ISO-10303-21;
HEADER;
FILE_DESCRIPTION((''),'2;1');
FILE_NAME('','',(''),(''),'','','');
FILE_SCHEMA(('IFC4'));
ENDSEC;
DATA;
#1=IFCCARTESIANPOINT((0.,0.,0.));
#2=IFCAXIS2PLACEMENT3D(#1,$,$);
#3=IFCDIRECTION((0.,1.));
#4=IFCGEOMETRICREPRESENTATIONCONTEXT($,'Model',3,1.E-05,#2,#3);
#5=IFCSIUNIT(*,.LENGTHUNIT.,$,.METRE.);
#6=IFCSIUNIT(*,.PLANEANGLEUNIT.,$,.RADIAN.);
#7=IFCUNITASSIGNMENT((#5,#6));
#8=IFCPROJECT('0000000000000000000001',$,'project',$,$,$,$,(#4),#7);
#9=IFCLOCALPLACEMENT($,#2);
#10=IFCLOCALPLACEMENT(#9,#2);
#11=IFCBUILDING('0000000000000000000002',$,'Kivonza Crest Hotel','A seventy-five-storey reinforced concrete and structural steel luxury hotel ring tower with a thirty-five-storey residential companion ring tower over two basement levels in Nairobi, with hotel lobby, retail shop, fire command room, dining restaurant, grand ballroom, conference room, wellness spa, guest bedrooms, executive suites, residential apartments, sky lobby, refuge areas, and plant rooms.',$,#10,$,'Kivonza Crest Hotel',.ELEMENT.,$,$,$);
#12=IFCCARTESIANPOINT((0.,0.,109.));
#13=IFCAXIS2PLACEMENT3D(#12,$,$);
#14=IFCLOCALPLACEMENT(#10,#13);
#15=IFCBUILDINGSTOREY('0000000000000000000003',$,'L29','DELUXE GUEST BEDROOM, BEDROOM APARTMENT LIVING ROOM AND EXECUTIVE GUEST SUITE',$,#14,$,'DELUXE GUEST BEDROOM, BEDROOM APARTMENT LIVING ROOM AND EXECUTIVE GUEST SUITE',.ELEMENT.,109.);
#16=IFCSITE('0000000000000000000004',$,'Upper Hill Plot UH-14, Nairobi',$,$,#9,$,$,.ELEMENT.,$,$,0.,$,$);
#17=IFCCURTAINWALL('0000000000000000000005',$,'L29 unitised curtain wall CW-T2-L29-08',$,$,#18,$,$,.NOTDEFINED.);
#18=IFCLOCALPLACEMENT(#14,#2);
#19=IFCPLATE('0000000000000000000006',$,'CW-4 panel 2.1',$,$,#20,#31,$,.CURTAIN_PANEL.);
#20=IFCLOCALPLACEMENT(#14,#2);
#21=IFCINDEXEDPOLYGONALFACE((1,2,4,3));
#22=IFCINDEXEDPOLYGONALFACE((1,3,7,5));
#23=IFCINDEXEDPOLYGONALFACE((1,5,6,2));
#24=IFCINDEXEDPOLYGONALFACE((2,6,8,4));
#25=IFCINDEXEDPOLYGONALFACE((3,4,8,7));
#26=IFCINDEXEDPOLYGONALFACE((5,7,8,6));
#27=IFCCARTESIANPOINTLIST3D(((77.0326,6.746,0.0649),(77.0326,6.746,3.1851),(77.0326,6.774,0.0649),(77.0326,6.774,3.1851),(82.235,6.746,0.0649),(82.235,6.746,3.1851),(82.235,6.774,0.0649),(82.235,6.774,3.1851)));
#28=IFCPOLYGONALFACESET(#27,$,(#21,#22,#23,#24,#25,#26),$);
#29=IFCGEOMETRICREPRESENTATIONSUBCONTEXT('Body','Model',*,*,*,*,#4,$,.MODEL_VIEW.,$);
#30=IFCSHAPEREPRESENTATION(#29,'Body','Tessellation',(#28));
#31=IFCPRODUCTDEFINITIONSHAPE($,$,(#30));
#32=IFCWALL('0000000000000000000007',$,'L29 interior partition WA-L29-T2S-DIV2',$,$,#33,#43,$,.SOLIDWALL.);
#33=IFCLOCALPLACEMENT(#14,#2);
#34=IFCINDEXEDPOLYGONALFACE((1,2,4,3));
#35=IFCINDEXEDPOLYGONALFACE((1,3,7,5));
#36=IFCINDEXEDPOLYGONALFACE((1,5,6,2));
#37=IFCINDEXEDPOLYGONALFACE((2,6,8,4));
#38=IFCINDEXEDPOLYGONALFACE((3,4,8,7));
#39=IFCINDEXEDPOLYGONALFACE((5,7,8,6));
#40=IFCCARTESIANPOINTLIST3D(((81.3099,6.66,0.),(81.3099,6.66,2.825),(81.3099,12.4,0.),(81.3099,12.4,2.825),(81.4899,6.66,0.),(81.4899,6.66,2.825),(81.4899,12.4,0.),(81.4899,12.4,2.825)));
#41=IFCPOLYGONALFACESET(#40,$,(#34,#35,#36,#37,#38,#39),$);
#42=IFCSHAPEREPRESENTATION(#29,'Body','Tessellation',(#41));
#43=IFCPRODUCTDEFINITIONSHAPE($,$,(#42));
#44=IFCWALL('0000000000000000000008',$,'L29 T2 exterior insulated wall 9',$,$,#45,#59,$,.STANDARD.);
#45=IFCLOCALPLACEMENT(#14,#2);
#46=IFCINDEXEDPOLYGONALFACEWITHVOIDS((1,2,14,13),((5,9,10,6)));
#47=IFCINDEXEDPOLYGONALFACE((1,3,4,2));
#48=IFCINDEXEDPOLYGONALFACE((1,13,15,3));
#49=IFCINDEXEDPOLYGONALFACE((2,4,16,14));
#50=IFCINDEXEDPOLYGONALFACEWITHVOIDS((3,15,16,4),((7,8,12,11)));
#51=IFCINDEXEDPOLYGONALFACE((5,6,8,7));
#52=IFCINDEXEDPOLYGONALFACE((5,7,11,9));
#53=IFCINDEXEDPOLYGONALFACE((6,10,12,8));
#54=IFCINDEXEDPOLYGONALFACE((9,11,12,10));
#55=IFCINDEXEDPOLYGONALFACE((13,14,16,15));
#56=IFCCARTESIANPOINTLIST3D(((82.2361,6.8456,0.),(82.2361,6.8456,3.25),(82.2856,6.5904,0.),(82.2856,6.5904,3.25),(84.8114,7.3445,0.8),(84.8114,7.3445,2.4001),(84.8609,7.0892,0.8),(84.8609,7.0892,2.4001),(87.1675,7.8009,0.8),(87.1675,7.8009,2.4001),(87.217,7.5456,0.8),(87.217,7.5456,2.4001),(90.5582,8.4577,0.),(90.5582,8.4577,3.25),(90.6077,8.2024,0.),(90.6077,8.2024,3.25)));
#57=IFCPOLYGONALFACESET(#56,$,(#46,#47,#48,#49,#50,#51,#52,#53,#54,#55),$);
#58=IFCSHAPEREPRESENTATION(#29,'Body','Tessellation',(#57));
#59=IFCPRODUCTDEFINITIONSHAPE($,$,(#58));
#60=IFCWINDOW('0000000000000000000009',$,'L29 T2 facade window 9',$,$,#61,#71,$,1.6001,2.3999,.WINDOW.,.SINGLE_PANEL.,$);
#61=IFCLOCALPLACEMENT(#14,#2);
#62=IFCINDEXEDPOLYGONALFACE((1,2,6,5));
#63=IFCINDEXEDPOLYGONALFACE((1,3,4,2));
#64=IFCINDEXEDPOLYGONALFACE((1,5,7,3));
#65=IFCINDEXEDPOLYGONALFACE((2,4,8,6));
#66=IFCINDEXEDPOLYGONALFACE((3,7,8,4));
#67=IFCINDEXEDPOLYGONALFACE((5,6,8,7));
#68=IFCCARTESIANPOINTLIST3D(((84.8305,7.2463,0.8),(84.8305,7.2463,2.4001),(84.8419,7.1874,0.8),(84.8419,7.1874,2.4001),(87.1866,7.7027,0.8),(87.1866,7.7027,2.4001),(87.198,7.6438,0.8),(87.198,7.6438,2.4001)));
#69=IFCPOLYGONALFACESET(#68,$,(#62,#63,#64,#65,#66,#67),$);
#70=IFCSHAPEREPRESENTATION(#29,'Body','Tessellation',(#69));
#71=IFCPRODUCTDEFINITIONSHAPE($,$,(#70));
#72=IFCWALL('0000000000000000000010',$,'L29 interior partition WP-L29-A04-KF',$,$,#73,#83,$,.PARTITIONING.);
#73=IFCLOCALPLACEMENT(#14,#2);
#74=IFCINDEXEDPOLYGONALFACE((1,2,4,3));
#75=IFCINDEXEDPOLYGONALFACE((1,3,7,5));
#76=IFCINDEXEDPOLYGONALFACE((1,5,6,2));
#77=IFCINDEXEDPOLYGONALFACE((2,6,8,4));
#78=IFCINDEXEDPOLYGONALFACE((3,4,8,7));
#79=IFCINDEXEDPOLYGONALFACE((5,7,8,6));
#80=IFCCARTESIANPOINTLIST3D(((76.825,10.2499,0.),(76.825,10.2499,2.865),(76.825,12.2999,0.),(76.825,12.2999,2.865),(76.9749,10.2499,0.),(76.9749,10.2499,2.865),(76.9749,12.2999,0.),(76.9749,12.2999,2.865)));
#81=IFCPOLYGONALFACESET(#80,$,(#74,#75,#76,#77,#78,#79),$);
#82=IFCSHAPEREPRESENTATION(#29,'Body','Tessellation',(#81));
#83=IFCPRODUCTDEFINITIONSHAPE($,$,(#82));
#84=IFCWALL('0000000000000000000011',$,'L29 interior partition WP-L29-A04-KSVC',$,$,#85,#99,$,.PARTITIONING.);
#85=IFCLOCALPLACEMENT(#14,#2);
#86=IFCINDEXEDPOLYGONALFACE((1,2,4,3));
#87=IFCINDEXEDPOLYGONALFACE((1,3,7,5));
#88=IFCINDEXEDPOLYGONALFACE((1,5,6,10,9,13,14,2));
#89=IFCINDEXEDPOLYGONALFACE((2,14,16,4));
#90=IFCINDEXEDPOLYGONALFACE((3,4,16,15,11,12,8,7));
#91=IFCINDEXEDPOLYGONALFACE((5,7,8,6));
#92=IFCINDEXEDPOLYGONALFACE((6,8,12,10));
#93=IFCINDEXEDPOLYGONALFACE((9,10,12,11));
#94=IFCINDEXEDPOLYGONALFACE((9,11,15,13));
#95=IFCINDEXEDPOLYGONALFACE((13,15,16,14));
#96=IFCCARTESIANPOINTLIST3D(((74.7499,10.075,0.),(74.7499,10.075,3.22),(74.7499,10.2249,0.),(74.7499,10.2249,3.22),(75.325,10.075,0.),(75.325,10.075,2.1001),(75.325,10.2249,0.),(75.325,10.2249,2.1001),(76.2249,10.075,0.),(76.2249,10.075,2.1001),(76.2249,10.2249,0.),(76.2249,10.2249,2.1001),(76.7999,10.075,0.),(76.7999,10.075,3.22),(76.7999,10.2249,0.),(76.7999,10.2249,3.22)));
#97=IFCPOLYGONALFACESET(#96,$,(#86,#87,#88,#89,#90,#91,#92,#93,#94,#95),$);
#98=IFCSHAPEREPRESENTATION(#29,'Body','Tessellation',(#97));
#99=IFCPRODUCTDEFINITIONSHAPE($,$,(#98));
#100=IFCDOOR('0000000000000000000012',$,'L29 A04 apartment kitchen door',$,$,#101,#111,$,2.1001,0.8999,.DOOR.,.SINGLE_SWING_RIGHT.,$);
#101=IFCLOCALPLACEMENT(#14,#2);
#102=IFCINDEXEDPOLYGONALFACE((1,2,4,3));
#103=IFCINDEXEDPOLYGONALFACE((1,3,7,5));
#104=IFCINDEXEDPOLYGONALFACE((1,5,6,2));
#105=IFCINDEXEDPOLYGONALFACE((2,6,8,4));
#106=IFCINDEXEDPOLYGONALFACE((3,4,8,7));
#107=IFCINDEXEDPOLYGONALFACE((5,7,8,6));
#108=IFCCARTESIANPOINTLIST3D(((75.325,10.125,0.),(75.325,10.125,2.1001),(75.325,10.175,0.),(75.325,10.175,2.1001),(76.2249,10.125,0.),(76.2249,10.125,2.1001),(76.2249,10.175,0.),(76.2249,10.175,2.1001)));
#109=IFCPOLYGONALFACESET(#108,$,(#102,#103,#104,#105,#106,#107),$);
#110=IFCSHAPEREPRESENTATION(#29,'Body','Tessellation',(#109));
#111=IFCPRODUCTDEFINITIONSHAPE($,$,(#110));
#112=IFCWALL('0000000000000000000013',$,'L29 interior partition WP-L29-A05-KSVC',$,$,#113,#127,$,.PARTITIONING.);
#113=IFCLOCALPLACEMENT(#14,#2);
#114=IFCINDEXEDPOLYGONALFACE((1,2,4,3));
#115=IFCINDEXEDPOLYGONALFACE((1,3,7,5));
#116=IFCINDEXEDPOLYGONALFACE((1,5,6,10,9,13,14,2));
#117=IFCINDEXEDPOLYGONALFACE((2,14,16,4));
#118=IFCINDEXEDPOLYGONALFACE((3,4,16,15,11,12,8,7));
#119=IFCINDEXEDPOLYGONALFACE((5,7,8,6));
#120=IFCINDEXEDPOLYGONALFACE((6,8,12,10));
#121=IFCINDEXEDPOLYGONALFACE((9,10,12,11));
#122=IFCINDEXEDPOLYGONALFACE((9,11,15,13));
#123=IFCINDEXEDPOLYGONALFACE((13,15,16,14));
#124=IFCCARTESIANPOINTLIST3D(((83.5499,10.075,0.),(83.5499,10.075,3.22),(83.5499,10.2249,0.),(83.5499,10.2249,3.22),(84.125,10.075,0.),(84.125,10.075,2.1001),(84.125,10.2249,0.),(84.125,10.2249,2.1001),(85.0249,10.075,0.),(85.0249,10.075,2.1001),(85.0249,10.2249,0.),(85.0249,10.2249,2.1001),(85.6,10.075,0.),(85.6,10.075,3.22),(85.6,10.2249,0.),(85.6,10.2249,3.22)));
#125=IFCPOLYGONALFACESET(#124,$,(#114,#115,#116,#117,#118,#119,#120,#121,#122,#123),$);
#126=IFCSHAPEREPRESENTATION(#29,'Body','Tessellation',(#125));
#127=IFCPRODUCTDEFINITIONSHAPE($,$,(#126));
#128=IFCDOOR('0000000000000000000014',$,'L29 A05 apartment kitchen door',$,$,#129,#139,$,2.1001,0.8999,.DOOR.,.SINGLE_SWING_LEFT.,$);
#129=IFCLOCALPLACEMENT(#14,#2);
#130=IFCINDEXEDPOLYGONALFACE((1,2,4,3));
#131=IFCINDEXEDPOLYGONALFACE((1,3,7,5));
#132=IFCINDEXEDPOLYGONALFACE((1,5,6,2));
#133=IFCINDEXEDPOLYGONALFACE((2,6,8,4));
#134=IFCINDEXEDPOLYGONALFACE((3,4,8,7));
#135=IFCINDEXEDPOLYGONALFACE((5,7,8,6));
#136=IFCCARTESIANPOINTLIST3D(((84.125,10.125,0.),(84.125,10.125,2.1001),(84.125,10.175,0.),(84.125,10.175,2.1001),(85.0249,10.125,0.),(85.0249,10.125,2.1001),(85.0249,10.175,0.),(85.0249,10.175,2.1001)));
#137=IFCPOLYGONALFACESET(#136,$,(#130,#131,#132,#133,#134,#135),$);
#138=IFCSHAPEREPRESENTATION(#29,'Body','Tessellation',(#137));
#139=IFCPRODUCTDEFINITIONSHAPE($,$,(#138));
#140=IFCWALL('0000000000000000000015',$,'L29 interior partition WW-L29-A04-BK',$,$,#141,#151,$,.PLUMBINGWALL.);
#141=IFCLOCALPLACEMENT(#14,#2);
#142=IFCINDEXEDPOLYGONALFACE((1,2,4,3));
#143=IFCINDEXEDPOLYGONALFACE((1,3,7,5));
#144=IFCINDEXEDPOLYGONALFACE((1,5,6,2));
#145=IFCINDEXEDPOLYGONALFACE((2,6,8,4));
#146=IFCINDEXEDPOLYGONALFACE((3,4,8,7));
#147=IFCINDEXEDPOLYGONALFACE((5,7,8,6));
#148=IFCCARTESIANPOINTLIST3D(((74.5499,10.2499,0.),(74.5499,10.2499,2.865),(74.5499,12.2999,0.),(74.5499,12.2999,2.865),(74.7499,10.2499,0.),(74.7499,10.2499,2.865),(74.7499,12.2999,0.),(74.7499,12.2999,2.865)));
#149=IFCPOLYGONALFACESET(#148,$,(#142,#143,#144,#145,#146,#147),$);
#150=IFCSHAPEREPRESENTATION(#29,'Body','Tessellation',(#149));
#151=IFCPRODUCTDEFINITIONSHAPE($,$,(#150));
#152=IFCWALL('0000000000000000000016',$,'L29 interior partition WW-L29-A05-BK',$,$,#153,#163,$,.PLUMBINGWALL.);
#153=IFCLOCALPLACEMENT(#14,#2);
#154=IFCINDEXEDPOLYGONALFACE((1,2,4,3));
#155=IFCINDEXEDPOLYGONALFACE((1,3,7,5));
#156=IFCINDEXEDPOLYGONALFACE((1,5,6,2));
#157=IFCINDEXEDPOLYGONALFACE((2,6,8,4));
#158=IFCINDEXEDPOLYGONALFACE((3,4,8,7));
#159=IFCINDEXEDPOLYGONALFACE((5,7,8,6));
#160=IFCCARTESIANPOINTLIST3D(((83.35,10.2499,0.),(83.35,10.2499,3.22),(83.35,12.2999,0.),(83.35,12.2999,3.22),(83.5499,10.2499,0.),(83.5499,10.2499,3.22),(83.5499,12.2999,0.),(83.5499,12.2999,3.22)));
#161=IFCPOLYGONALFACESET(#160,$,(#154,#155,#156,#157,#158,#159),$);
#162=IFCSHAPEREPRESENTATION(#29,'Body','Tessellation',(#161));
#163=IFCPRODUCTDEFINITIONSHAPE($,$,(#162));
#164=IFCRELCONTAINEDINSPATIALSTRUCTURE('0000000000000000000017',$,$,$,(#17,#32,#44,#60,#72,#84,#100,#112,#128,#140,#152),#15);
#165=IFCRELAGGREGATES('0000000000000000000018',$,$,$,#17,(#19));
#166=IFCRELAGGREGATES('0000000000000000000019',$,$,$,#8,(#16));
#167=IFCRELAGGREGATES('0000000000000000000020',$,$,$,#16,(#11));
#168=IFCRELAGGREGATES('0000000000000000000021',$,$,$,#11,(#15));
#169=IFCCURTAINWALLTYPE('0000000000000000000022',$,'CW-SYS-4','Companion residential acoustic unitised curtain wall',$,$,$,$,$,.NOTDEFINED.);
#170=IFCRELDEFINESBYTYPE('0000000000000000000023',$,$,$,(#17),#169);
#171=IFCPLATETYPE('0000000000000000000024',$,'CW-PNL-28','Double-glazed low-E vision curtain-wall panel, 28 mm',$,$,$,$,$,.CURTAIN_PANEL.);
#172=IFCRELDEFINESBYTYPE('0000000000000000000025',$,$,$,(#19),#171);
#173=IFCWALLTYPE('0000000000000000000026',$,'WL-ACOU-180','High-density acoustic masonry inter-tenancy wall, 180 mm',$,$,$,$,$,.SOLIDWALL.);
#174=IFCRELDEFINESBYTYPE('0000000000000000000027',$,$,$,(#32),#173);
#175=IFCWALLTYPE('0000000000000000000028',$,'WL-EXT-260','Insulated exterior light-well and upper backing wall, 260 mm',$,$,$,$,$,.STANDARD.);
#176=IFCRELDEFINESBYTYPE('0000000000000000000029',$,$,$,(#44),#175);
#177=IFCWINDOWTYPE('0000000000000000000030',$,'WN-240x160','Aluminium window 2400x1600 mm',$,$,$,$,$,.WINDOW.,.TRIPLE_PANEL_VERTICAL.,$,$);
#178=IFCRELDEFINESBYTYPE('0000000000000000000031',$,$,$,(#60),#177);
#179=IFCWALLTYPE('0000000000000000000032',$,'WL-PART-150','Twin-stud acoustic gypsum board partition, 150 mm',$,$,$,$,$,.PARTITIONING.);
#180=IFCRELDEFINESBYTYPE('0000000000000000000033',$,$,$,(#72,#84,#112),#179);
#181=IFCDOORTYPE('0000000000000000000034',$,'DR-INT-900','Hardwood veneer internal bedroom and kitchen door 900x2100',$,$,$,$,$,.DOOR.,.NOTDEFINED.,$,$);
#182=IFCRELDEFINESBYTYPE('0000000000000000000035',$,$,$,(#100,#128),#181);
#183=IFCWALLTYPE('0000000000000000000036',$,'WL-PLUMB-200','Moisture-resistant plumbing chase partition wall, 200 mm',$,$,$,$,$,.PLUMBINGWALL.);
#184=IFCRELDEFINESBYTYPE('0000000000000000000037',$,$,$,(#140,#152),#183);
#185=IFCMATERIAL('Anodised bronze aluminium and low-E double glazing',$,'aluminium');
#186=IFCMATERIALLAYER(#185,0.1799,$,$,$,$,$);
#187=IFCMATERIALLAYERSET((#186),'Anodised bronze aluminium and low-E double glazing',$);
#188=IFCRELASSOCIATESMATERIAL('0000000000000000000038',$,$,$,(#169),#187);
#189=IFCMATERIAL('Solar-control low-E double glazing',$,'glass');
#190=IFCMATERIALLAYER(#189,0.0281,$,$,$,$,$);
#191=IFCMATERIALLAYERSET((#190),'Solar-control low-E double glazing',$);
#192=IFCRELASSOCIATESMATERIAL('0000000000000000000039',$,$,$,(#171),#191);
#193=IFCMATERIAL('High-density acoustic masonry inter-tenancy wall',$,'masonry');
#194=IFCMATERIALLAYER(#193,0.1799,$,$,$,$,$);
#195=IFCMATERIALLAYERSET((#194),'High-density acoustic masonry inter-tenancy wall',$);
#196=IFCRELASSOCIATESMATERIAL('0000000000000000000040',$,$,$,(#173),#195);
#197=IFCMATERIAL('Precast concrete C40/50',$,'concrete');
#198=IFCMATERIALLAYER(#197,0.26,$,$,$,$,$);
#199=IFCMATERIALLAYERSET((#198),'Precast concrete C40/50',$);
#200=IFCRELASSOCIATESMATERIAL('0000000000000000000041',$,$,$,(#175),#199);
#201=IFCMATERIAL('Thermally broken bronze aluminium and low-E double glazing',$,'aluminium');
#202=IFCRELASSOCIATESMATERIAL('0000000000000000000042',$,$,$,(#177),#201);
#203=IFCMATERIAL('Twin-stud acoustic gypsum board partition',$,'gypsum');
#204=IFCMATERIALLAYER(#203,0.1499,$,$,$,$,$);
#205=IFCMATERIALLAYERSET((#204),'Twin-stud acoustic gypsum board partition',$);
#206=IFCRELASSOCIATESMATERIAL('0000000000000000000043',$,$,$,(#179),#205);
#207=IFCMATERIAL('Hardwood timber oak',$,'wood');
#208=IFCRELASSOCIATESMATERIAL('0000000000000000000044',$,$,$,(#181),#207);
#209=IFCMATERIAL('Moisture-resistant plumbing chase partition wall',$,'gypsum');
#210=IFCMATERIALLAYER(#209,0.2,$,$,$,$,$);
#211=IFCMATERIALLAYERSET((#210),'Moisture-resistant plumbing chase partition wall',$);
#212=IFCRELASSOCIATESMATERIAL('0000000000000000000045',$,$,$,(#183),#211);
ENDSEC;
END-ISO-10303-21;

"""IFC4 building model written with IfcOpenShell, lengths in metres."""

from ifc_helpers import new_model, si_unit, direction, frame, frame_2d, origin, origin_2d, place, context, subcontext, project, spatial, rectangle, extrude, material, layer, layer_set, type_object, element, fill, aggregate, save


model = new_model("IFC4")

# Units and contexts
model_context = context("Model", 3, precision=1e-05, world=origin(), true_north=direction((0.0, 1.0)))
body_context = subcontext(model_context, "Body", "Model", "MODEL_VIEW")
ifc_project = project(units=[si_unit("LENGTHUNIT", "METRE"), si_unit("PLANEANGLEUNIT", "RADIAN")], contexts=[model_context])

# Site, building, storey
site_placement = place(None, origin())
site = spatial("IfcSite", under=ifc_project, at=site_placement, Name="Upper Hill Plot UH-14, Nairobi", CompositionType="ELEMENT", RefElevation=0.0)
building_placement = place(site_placement, origin())
building = spatial("IfcBuilding", under=site, at=building_placement, Name="Kivonza Crest Hotel", Description="A seventy-five-storey reinforced concrete and structural steel luxury hotel ring tower with a thirty-five-storey residential companion ring tower over two basement levels in Nairobi, with hotel lobby, retail shop, fire command room, dining restaurant, grand ballroom, conference room, wellness spa, guest bedrooms, executive suites, residential apartments, sky lobby, refuge areas, and plant rooms.", LongName="Kivonza Crest Hotel", CompositionType="ELEMENT")
storey_placement = place(building_placement, frame((0.0, 0.0, 109.0)))
storey = spatial("IfcBuildingStorey", under=building, at=storey_placement, Name="L29", Description="DELUXE GUEST BEDROOM, BEDROOM APARTMENT LIVING ROOM AND EXECUTIVE GUEST SUITE", LongName="DELUXE GUEST BEDROOM, BEDROOM APARTMENT LIVING ROOM AND EXECUTIVE GUEST SUITE", CompositionType="ELEMENT", Elevation=109.0)

# Curtain wall, plate
ifc_material_1 = material(Name="Anodised bronze aluminium and low-E double glazing", Category="aluminium")
ifc_layer_1 = layer(ifc_material_1, 0.1799)
ifc_layer_set_1 = layer_set([ifc_layer_1], Name="Anodised bronze aluminium and low-E double glazing")
curtain_wall_type = type_object("IfcCurtainWallType", Name="CW-SYS-4", Description="Companion residential acoustic unitised curtain wall", PredefinedType="NOTDEFINED", material=ifc_layer_set_1)
curtain_wall_placement = place(storey_placement, origin())
curtain_wall = element("IfcCurtainWall", 1, at=curtain_wall_placement, inside=storey, type_object=curtain_wall_type, Name="L29 unitised curtain wall CW-T2-L29-08", PredefinedType="NOTDEFINED")
ifc_material_2 = material(Name="Solar-control low-E double glazing", Category="glass")
ifc_layer_2 = layer(ifc_material_2, 0.0281)
ifc_layer_set_2 = layer_set([ifc_layer_2], Name="Solar-control low-E double glazing")
plate_type = type_object("IfcPlateType", Name="CW-PNL-28", Description="Double-glazed low-E vision curtain-wall panel, 28 mm", PredefinedType="CURTAIN_PANEL", material=ifc_layer_set_2)
plate_1_placement = place(storey_placement, frame((79.6338, 6.76, 0.0649), z_axis=(0.0, 0.0, 1.0), x_axis=(1.0, 0.0, 0.0)))
plate_1 = element("IfcPlate", 2, at=plate_1_placement, type_object=plate_type, Name="CW-4 panel 2.1", PredefinedType="CURTAIN_PANEL", context=body_context, shape_type="SweptSolid", body=[
    extrude(rectangle(XDim=5.2024, YDim=0.0281, at=origin_2d()), origin(), (0.0, 0.0, 1.0), 3.1201),
])
aggregate(curtain_wall, [plate_1])

# Wall
ifc_material_3 = material(Name="High-density acoustic masonry inter-tenancy wall", Category="masonry")
ifc_layer_3 = layer(ifc_material_3, 0.1799)
ifc_layer_set_3 = layer_set([ifc_layer_3], Name="High-density acoustic masonry inter-tenancy wall")
wall_type_1 = type_object("IfcWallType", Name="WL-ACOU-180", Description="High-density acoustic masonry inter-tenancy wall, 180 mm", PredefinedType="SOLIDWALL", material=ifc_layer_set_3)
wall_1_placement = place(storey_placement, frame((81.3999, 6.6599, 0.0), z_axis=(0.0, 0.0, 1.0), x_axis=(0.0, 1.0, 0.0)))
element("IfcWall", 3, at=wall_1_placement, inside=storey, type_object=wall_type_1, Name="L29 interior partition WA-L29-T2S-DIV2", PredefinedType="SOLIDWALL", context=body_context, shape_type="SweptSolid", body=[
    extrude(rectangle(XDim=5.74, YDim=0.1799, at=frame_2d((2.8701, 0.0))), origin(), (0.0, 0.0, 1.0), 2.825),
])

# Wall, opening, window
ifc_material_4 = material(Name="Precast concrete C40/50", Category="concrete")
ifc_layer_4 = layer(ifc_material_4, 0.26)
ifc_layer_set_4 = layer_set([ifc_layer_4], Name="Precast concrete C40/50")
wall_type_2 = type_object("IfcWallType", Name="WL-EXT-260", Description="Insulated exterior light-well and upper backing wall, 260 mm", PredefinedType="STANDARD", material=ifc_layer_set_4)
wall_2_placement = place(storey_placement, frame((82.261, 6.718, 0.0), z_axis=(0.0, 0.0, 1.0), x_axis=(0.98175, 0.190175, 0.0)))
wall_2 = element("IfcWall", 4, at=wall_2_placement, inside=storey, type_object=wall_type_2, Name="L29 T2 exterior insulated wall 9", PredefinedType="STANDARD", context=body_context, shape_type="SweptSolid", body=[
    extrude(rectangle(XDim=8.4768, YDim=0.26, at=frame_2d((4.2383, 0.0))), origin(), (0.0, 0.0, 1.0), 3.25),
])
opening_1_placement = place(wall_2_placement, frame((2.623, 0.0, 0.8)))
opening_1 = element("IfcOpeningElement", 5, at=opening_1_placement, cuts=wall_2, PredefinedType="OPENING", context=body_context, shape_type="SweptSolid", body=[
    extrude(rectangle(XDim=2.3999, YDim=1.6001, at=frame_2d((1.2, 0.8))), frame((0.0, 0.1401, 0.0), z_axis=(0.0, -1.0, 0.0), x_axis=(1.0, 0.0, 0.0)), (0.0, 0.0, 1.0), 0.28),
])
ifc_material_5 = material(Name="Thermally broken bronze aluminium and low-E double glazing", Category="aluminium")
window_type = type_object("IfcWindowType", Name="WN-240x160", Description="Aluminium window 2400x1600 mm", PartitioningType="TRIPLE_PANEL_VERTICAL", PredefinedType="WINDOW", material=ifc_material_5)
window_placement = place(opening_1_placement, origin())
window = element("IfcWindow", 6, at=window_placement, inside=storey, type_object=window_type, Name="L29 T2 facade window 9", OverallHeight=1.6001, OverallWidth=2.3999, PartitioningType="SINGLE_PANEL", PredefinedType="WINDOW", context=body_context, shape_type="SweptSolid", body=[
    extrude(rectangle(XDim=2.3999, YDim=1.6001, at=frame_2d((1.2, 0.8))), frame((0.0, 0.03, 0.0), z_axis=(0.0, -1.0, 0.0), x_axis=(1.0, 0.0, 0.0)), (0.0, 0.0, 1.0), 0.0601),
])
fill(opening_1, window)

# Wall
ifc_material_6 = material(Name="Twin-stud acoustic gypsum board partition", Category="gypsum")
ifc_layer_5 = layer(ifc_material_6, 0.1499)
ifc_layer_set_5 = layer_set([ifc_layer_5], Name="Twin-stud acoustic gypsum board partition")
wall_type_3 = type_object("IfcWallType", Name="WL-PART-150", Description="Twin-stud acoustic gypsum board partition, 150 mm", PredefinedType="PARTITIONING", material=ifc_layer_set_5)
wall_3_placement = place(storey_placement, frame((76.8999, 10.25, 0.0), z_axis=(0.0, 0.0, 1.0), x_axis=(0.0, 1.0, 0.0)))
element("IfcWall", 7, at=wall_3_placement, inside=storey, type_object=wall_type_3, Name="L29 interior partition WP-L29-A04-KF", PredefinedType="PARTITIONING", context=body_context, shape_type="SweptSolid", body=[
    extrude(rectangle(XDim=2.05, YDim=0.1499, at=frame_2d((1.0249, 0.0))), origin(), (0.0, 0.0, 1.0), 2.865),
])

# Walls, openings, doors
wall_4_placement = place(storey_placement, frame((74.75, 10.1499, 0.0), z_axis=(0.0, 0.0, 1.0), x_axis=(1.0, 0.0, 0.0)))
wall_4 = element("IfcWall", 8, at=wall_4_placement, inside=storey, type_object=wall_type_3, Name="L29 interior partition WP-L29-A04-KSVC", PredefinedType="PARTITIONING", context=body_context, shape_type="SweptSolid", body=[
    extrude(rectangle(XDim=2.05, YDim=0.1499, at=frame_2d((1.0249, 0.0))), origin(), (0.0, 0.0, 1.0), 3.22),
])
opening_2_placement = place(wall_4_placement, frame((0.575, 0.0, 0.0)))
opening_2 = element("IfcOpeningElement", 9, at=opening_2_placement, cuts=wall_4, PredefinedType="OPENING", context=body_context, shape_type="SweptSolid", body=[
    extrude(rectangle(XDim=0.8999, YDim=2.1001, at=frame_2d((0.45, 1.05))), frame((0.0, 0.085, 0.0), z_axis=(0.0, -1.0, 0.0), x_axis=(1.0, 0.0, 0.0)), (0.0, 0.0, 1.0), 0.1699),
])
ifc_material_7 = material(Name="Hardwood timber oak", Category="wood")
door_type_1 = type_object("IfcDoorType", Name="DR-INT-900", Description="Hardwood veneer internal bedroom and kitchen door 900x2100", OperationType="NOTDEFINED", PredefinedType="DOOR", material=ifc_material_7)
door_1_placement = place(opening_2_placement, frame((0.8999, 0.0, 0.0), z_axis=(0.0, 0.0, 1.0), x_axis=(-1.0, 0.0, 0.0)))
door_1 = element("IfcDoor", 10, at=door_1_placement, inside=storey, type_object=door_type_1, Name="L29 A04 apartment kitchen door", OperationType="SINGLE_SWING_RIGHT", OverallHeight=2.1001, OverallWidth=0.8999, PredefinedType="DOOR", context=body_context, shape_type="SweptSolid", body=[
    extrude(rectangle(XDim=0.8999, YDim=2.1001, at=frame_2d((0.45, 1.05))), frame((0.0, 0.0249, 0.0), z_axis=(0.0, -1.0, 0.0), x_axis=(1.0, 0.0, 0.0)), (0.0, 0.0, 1.0), 0.05),
])
fill(opening_2, door_1)
wall_5_placement = place(storey_placement, frame((83.55, 10.1499, 0.0), z_axis=(0.0, 0.0, 1.0), x_axis=(1.0, 0.0, 0.0)))
wall_5 = element("IfcWall", 11, at=wall_5_placement, inside=storey, type_object=wall_type_3, Name="L29 interior partition WP-L29-A05-KSVC", PredefinedType="PARTITIONING", context=body_context, shape_type="SweptSolid", body=[
    extrude(rectangle(XDim=2.05, YDim=0.1499, at=frame_2d((1.0249, 0.0))), origin(), (0.0, 0.0, 1.0), 3.22),
])
opening_3_placement = place(wall_5_placement, frame((0.575, 0.0, 0.0)))
opening_3 = element("IfcOpeningElement", 12, at=opening_3_placement, cuts=wall_5, PredefinedType="OPENING", context=body_context, shape_type="SweptSolid", body=[
    extrude(rectangle(XDim=0.8999, YDim=2.1001, at=frame_2d((0.45, 1.05))), frame((0.0, 0.085, 0.0), z_axis=(0.0, -1.0, 0.0), x_axis=(1.0, 0.0, 0.0)), (0.0, 0.0, 1.0), 0.1699),
])
door_2_placement = place(opening_3_placement, frame((0.8999, 0.0, 0.0), z_axis=(0.0, 0.0, 1.0), x_axis=(-1.0, 0.0, 0.0)))
door_2 = element("IfcDoor", 13, at=door_2_placement, inside=storey, type_object=door_type_1, Name="L29 A05 apartment kitchen door", OperationType="SINGLE_SWING_LEFT", OverallHeight=2.1001, OverallWidth=0.8999, PredefinedType="DOOR", context=body_context, shape_type="SweptSolid", body=[
    extrude(rectangle(XDim=0.8999, YDim=2.1001, at=frame_2d((0.45, 1.05))), frame((0.0, 0.0249, 0.0), z_axis=(0.0, -1.0, 0.0), x_axis=(1.0, 0.0, 0.0)), (0.0, 0.0, 1.0), 0.05),
])
fill(opening_3, door_2)

# Walls
ifc_material_8 = material(Name="Moisture-resistant plumbing chase partition wall", Category="gypsum")
ifc_layer_6 = layer(ifc_material_8, 0.2)
ifc_layer_set_6 = layer_set([ifc_layer_6], Name="Moisture-resistant plumbing chase partition wall")
wall_type_4 = type_object("IfcWallType", Name="WL-PLUMB-200", Description="Moisture-resistant plumbing chase partition wall, 200 mm", PredefinedType="PLUMBINGWALL", material=ifc_layer_set_6)
wall_6_placement = place(storey_placement, frame((74.6499, 10.25, 0.0), z_axis=(0.0, 0.0, 1.0), x_axis=(0.0, 1.0, 0.0)))
element("IfcWall", 14, at=wall_6_placement, inside=storey, type_object=wall_type_4, Name="L29 interior partition WW-L29-A04-BK", PredefinedType="PLUMBINGWALL", context=body_context, shape_type="SweptSolid", body=[
    extrude(rectangle(XDim=2.05, YDim=0.2, at=frame_2d((1.0249, 0.0))), origin(), (0.0, 0.0, 1.0), 2.865),
])
wall_7_placement = place(storey_placement, frame((83.45, 10.25, 0.0), z_axis=(0.0, 0.0, 1.0), x_axis=(0.0, 1.0, 0.0)))
element("IfcWall", 15, at=wall_7_placement, inside=storey, type_object=wall_type_4, Name="L29 interior partition WW-L29-A05-BK", PredefinedType="PLUMBINGWALL", context=body_context, shape_type="SweptSolid", body=[
    extrude(rectangle(XDim=2.05, YDim=0.2, at=frame_2d((1.0249, 0.0))), origin(), (0.0, 0.0, 1.0), 3.22),
])

save(model, "model.ifc")
